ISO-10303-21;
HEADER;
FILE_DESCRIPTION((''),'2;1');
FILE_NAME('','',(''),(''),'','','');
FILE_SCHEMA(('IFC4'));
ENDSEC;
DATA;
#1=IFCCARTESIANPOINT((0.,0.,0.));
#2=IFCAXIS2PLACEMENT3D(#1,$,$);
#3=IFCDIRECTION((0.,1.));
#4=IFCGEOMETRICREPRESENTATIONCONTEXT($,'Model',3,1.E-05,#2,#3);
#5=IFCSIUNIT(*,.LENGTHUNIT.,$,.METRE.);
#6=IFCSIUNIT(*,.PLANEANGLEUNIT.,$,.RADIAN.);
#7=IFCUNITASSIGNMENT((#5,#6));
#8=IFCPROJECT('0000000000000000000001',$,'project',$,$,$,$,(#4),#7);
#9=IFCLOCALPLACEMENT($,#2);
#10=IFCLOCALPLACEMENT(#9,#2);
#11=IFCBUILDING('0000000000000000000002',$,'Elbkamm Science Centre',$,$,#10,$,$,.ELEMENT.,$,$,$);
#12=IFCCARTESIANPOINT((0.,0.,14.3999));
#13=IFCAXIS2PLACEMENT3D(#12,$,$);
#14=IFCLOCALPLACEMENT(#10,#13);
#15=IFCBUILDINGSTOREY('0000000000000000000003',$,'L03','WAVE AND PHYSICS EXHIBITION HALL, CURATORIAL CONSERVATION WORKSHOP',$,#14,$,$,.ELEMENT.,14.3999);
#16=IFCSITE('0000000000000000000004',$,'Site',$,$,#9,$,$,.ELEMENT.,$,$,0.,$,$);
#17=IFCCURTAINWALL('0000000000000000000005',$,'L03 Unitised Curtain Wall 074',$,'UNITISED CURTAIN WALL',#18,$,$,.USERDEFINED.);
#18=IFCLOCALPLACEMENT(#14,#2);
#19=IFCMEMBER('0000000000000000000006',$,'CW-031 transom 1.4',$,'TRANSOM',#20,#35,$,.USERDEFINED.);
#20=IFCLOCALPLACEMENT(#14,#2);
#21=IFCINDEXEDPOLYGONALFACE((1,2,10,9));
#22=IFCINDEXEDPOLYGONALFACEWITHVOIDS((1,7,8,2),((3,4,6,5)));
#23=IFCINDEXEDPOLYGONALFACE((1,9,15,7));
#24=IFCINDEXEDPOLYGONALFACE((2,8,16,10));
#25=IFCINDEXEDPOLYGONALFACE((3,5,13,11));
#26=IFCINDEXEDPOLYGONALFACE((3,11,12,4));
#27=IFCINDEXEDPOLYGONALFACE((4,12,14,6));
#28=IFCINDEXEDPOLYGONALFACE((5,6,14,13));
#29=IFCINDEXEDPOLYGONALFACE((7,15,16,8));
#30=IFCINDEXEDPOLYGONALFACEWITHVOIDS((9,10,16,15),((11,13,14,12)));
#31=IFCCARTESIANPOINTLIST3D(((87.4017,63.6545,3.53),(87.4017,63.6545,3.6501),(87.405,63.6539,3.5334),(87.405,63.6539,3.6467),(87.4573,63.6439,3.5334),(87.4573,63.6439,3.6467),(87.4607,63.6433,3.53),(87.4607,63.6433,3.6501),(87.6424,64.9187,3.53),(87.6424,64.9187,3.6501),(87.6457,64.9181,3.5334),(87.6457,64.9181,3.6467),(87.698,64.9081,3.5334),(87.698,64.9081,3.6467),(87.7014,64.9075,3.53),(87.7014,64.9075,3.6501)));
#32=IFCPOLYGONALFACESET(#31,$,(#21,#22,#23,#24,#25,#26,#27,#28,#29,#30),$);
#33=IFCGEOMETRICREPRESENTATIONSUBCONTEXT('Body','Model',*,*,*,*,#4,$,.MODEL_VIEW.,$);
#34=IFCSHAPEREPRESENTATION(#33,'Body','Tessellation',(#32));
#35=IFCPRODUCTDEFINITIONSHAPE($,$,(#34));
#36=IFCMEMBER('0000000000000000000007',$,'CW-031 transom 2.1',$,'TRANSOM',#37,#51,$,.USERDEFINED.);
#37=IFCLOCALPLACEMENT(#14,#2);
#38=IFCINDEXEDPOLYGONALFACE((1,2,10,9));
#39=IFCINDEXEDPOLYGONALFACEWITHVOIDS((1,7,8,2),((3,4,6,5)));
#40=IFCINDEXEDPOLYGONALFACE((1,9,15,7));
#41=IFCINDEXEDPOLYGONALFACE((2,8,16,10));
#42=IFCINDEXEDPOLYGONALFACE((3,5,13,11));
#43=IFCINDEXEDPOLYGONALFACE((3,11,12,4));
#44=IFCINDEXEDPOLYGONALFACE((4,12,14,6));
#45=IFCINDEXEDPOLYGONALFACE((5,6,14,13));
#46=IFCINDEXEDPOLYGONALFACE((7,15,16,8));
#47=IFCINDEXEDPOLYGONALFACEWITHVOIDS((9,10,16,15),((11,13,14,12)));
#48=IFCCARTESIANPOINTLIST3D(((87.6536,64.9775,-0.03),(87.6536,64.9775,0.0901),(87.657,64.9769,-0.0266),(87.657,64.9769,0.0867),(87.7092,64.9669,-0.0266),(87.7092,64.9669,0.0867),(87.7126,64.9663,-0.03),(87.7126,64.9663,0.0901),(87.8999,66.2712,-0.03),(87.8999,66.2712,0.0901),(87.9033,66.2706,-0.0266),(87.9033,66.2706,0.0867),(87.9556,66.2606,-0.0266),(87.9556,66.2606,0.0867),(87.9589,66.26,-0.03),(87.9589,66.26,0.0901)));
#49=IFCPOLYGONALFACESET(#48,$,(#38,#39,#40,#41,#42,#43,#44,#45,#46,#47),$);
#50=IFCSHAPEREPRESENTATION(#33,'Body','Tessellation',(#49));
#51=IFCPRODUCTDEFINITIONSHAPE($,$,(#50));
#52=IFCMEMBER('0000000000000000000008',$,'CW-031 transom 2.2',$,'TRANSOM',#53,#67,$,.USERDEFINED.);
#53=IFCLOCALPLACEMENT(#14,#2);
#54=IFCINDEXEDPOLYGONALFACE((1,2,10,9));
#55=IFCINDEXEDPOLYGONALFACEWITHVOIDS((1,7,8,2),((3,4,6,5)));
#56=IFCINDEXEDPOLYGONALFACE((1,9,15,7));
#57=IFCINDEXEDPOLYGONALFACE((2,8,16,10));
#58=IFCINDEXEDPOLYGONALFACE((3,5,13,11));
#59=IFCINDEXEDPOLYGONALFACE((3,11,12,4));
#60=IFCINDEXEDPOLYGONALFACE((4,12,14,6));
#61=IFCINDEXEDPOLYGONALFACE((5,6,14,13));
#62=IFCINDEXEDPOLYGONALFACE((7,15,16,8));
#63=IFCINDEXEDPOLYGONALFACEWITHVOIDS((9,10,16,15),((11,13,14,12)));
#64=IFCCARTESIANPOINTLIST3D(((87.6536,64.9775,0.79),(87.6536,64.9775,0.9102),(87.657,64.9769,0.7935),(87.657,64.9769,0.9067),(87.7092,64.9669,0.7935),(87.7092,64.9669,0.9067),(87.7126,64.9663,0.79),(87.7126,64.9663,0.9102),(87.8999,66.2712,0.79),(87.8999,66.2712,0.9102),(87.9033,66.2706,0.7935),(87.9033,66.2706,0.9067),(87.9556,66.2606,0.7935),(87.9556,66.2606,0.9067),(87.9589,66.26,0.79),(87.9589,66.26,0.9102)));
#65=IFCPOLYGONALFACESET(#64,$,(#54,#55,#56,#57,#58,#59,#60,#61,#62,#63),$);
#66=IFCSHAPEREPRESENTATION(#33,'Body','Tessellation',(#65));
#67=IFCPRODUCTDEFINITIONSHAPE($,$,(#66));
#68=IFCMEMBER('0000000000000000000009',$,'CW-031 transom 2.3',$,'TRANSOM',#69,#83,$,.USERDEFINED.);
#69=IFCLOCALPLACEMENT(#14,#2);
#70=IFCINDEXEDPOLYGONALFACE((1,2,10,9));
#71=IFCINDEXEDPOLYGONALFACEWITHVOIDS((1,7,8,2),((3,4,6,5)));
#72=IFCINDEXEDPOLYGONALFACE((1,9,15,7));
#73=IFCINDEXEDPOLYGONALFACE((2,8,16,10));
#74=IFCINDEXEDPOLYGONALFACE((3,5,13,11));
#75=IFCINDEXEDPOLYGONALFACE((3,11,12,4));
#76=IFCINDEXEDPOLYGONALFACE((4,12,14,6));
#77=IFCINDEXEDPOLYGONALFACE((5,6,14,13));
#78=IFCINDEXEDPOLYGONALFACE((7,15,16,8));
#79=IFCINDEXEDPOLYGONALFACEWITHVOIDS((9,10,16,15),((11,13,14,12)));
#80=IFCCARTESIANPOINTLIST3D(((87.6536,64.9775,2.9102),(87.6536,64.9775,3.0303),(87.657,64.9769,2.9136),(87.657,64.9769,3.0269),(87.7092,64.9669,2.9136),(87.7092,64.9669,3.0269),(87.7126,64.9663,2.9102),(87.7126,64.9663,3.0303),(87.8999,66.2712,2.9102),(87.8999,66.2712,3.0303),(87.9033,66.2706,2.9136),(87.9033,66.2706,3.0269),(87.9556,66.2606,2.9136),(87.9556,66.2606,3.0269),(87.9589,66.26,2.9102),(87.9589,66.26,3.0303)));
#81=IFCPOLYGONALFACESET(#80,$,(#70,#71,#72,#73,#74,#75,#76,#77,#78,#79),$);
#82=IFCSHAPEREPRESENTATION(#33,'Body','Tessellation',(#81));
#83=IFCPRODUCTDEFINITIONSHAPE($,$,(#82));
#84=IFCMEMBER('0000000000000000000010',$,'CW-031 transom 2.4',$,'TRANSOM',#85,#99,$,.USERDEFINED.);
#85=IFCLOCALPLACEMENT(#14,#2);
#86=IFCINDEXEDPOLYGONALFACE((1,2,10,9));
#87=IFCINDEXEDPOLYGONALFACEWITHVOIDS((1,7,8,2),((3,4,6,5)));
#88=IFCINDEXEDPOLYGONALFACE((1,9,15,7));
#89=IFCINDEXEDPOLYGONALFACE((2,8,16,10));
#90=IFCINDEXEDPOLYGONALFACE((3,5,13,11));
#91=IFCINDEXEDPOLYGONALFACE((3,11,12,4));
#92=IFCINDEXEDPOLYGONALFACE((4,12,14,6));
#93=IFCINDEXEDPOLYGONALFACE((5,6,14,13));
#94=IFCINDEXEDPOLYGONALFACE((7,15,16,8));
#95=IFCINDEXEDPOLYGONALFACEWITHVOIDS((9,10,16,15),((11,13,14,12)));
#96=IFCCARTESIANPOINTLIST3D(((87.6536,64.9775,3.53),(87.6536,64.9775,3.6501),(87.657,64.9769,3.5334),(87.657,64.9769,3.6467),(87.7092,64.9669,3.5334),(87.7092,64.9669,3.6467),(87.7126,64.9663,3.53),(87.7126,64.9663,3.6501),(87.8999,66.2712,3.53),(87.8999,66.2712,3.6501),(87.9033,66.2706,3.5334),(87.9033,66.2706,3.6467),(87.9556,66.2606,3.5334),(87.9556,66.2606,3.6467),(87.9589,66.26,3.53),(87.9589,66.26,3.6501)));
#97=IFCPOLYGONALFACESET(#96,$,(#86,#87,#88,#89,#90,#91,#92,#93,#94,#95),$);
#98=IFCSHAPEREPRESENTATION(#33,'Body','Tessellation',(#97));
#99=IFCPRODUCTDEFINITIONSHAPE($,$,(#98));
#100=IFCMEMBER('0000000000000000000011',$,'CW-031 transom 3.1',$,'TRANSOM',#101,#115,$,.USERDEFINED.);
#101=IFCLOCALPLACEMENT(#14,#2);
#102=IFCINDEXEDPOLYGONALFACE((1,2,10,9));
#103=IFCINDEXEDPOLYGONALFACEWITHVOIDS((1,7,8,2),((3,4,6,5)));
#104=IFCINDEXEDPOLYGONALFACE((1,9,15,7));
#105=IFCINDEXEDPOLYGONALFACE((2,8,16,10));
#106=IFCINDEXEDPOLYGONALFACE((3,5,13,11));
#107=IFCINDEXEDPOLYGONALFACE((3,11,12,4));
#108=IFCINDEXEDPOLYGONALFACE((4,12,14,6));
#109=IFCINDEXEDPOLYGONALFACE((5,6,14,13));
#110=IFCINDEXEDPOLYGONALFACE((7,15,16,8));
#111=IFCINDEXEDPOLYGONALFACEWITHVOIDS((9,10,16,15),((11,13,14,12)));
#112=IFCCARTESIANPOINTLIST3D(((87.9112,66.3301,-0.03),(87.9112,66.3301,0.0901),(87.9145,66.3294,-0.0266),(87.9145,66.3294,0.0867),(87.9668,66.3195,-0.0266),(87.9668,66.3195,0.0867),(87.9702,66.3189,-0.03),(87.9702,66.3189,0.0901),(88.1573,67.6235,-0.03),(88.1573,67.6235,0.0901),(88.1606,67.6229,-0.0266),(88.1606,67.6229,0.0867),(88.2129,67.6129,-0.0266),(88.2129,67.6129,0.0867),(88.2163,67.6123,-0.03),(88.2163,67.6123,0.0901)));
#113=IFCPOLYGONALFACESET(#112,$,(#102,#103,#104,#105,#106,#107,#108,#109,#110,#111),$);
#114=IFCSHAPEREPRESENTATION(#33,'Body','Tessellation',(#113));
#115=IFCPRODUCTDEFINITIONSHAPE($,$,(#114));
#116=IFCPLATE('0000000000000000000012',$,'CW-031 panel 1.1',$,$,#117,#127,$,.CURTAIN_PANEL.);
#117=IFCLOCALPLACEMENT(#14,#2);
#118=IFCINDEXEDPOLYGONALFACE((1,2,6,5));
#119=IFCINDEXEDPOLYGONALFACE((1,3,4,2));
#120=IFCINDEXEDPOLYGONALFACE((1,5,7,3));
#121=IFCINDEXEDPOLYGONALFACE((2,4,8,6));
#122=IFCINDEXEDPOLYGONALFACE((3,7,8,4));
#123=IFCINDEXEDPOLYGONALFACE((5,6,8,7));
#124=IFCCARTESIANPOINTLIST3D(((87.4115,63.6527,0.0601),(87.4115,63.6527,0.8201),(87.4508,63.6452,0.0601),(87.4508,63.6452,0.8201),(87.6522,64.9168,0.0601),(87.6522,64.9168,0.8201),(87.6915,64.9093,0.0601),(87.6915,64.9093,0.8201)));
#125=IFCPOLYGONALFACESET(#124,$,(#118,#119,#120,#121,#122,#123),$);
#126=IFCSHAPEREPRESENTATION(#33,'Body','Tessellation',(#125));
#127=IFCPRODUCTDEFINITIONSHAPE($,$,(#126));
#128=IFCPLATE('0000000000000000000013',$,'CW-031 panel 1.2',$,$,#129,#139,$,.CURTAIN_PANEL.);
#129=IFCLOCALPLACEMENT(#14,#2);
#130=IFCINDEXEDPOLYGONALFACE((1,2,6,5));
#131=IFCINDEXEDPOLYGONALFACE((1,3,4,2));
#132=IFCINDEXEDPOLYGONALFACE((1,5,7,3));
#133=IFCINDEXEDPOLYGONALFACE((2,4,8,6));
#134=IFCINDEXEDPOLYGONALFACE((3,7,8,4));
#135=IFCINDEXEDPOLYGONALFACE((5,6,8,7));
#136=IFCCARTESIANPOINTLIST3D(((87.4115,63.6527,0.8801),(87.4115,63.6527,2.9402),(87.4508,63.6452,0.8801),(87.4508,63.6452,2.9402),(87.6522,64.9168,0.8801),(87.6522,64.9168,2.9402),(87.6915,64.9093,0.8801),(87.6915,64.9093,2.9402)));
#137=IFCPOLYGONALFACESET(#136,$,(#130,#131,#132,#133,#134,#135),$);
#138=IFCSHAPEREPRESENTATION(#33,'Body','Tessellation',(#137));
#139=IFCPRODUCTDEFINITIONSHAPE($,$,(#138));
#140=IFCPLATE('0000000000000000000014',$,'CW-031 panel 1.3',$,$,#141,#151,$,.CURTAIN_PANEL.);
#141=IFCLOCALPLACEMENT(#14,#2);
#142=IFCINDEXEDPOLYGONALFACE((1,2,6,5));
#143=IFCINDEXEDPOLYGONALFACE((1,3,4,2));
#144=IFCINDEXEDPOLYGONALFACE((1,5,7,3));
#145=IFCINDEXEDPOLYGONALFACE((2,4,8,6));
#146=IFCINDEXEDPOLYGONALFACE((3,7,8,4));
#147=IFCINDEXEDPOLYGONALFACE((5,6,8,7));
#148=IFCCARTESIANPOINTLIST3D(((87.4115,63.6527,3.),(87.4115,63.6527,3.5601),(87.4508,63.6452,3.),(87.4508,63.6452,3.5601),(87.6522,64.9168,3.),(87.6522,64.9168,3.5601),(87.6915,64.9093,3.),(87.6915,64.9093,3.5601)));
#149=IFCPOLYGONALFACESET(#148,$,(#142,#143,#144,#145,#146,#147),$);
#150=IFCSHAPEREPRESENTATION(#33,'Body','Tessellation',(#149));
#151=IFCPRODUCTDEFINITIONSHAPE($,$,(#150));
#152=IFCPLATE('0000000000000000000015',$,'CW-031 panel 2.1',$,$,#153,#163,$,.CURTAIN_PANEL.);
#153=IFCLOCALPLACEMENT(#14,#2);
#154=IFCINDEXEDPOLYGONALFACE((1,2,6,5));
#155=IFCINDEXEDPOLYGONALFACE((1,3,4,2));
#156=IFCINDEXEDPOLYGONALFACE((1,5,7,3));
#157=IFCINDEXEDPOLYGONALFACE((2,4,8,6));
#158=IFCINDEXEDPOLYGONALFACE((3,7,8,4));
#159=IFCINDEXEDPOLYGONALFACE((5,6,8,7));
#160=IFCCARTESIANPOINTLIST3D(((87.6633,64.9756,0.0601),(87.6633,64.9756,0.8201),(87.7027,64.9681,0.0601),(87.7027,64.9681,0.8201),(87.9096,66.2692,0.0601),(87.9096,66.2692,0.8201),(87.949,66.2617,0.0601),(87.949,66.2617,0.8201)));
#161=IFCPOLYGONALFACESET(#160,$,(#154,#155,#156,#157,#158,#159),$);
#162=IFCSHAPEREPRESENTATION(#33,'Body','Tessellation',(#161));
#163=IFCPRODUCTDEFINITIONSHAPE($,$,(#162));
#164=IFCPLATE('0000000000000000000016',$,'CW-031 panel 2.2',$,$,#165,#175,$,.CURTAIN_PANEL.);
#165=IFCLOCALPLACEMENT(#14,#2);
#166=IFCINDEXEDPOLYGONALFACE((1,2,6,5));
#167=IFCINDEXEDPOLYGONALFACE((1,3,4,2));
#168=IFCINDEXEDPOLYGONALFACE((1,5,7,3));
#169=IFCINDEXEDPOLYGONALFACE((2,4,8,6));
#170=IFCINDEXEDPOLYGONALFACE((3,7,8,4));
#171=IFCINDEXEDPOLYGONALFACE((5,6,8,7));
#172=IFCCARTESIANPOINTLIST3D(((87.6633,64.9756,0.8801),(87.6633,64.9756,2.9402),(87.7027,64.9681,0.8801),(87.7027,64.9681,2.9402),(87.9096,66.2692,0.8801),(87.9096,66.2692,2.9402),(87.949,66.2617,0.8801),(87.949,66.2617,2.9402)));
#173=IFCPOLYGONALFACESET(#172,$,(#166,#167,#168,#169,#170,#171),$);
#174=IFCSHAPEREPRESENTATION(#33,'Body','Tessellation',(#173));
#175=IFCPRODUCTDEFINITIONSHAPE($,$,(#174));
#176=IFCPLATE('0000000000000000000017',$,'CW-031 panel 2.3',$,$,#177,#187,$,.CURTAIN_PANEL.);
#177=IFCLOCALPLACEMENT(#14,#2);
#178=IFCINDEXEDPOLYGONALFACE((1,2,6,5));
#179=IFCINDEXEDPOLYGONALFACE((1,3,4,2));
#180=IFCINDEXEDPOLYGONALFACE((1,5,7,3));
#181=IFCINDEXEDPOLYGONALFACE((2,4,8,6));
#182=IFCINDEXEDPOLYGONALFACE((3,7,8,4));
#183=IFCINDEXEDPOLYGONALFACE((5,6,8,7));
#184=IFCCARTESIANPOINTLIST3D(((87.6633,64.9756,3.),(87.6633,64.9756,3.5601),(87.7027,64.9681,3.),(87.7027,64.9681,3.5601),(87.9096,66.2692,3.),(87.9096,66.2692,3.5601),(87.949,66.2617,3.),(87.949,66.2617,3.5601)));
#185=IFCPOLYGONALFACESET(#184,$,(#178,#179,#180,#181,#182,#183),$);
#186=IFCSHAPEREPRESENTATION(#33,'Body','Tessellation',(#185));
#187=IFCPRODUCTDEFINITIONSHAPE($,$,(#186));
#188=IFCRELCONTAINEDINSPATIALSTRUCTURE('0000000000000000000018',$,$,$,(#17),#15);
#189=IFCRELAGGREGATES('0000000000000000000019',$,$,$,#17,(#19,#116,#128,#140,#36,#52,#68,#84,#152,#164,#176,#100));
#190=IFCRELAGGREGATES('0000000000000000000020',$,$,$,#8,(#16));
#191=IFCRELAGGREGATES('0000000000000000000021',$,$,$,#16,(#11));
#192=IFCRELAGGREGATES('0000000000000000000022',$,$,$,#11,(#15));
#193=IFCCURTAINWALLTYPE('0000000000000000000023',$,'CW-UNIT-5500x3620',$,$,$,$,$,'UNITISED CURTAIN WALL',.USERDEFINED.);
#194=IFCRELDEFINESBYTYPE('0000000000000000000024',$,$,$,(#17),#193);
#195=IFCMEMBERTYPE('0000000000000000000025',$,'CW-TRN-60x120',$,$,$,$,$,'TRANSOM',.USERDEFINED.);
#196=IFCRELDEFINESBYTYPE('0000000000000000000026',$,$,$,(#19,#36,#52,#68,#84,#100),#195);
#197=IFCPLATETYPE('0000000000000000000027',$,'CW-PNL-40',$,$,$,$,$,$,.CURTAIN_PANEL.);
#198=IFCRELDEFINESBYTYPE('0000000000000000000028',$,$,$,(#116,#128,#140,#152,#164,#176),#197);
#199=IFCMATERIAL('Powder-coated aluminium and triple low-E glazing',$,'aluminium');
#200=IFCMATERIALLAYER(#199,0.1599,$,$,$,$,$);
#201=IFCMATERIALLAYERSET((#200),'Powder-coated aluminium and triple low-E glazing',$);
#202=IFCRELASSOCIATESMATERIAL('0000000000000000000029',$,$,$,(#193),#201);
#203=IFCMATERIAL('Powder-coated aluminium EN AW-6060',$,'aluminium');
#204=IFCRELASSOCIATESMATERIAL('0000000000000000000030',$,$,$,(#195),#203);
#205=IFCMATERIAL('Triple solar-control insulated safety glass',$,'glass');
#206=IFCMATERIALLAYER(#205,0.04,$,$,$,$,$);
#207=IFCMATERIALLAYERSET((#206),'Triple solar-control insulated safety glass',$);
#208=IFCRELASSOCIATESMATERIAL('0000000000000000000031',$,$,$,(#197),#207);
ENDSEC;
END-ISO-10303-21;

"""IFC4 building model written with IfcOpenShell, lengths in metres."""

from ifc_helpers import new_model, si_unit, direction, frame, origin, origin_2d, place, context, subcontext, project, spatial, rectangle, hollow_rectangle, extrude, material, layer, layer_set, material_profile, profile_set, type_object, element, aggregate, save


model = new_model("IFC4")

# Units and contexts
model_context = context("Model", 3, precision=1e-05, world=origin(), true_north=direction((0.0, 1.0)))
body_context = subcontext(model_context, "Body", "Model", "MODEL_VIEW")
ifc_project = project(units=[si_unit("LENGTHUNIT", "METRE"), si_unit("PLANEANGLEUNIT", "RADIAN")], contexts=[model_context])

# Site, building, storey
site_placement = place(None, origin())
site = spatial("IfcSite", under=ifc_project, at=site_placement, Name="Site", CompositionType="ELEMENT", RefElevation=0.0)
building_placement = place(site_placement, origin())
building = spatial("IfcBuilding", under=site, at=building_placement, Name="Elbkamm Science Centre", CompositionType="ELEMENT")
storey_placement = place(building_placement, frame((0.0, 0.0, 14.3999)))
storey = spatial("IfcBuildingStorey", under=building, at=storey_placement, Name="L03", Description="WAVE AND PHYSICS EXHIBITION HALL, CURATORIAL CONSERVATION WORKSHOP", CompositionType="ELEMENT", Elevation=14.3999)

# Shared definitions
ifc_material_1 = material(Name="Powder-coated aluminium and triple low-E glazing", Category="aluminium")
ifc_material_2 = material(Name="Powder-coated aluminium EN AW-6060", Category="aluminium")

# Curtain wall, members, plates
ifc_layer_1 = layer(ifc_material_1, 0.1599)
ifc_layer_set_1 = layer_set([ifc_layer_1], Name="Powder-coated aluminium and triple low-E glazing")
curtain_wall_type_1 = type_object("IfcCurtainWallType", Name="CW-UNIT-5500x3620", ElementType="UNITISED CURTAIN WALL", PredefinedType="USERDEFINED", material=ifc_layer_set_1)
curtain_wall_1_placement = place(storey_placement, origin())
curtain_wall_1 = element("IfcCurtainWall", 1, at=curtain_wall_1_placement, inside=storey, type_object=curtain_wall_type_1, Name="L03 Unitised Curtain Wall 074", ObjectType="UNITISED CURTAIN WALL", PredefinedType="USERDEFINED")
ifc_material_profile_1 = material_profile(ifc_material_2, hollow_rectangle(XDim=0.0601, YDim=0.1201, WallThickness=0.0034, at=origin_2d()), Name="ALU T60x120")
ifc_profile_set_1 = profile_set([ifc_material_profile_1], Name="Powder-coated aluminium EN AW-6060")
member_type_1 = type_object("IfcMemberType", Name="CW-TRN-60x120", ElementType="TRANSOM", PredefinedType="USERDEFINED", material=ifc_profile_set_1)
member_1_placement = place(storey_placement, frame((87.4312, 63.6489, 3.5901), z_axis=(0.18706, 0.982349, 0.0), x_axis=(-0.982349, 0.18706, 0.0)))
member_1 = element("IfcMember", 2, at=member_1_placement, type_object=member_type_1, Name="CW-031 transom 1.4", ObjectType="TRANSOM", PredefinedType="USERDEFINED", context=body_context, shape_type="SweptSolid", body=[
    extrude(hollow_rectangle(XDim=0.0601, YDim=0.1201, WallThickness=0.0034, at=origin_2d()), origin(), (0.0, 0.0, 1.0), 1.2869),
])
member_2_placement = place(storey_placement, frame((87.6831, 64.9719, 0.03), z_axis=(0.187052, 0.98235, 0.0), x_axis=(-0.98235, 0.187052, 0.0)))
member_2 = element("IfcMember", 3, at=member_2_placement, type_object=member_type_1, Name="CW-031 transom 2.1", ObjectType="TRANSOM", PredefinedType="USERDEFINED", context=body_context, shape_type="SweptSolid", body=[
    extrude(hollow_rectangle(XDim=0.0601, YDim=0.1201, WallThickness=0.0034, at=origin_2d()), origin(), (0.0, 0.0, 1.0), 1.3169),
])
member_3_placement = place(storey_placement, frame((87.6831, 64.9719, 0.8501), z_axis=(0.187052, 0.98235, 0.0), x_axis=(-0.98235, 0.187052, 0.0)))
member_3 = element("IfcMember", 4, at=member_3_placement, type_object=member_type_1, Name="CW-031 transom 2.2", ObjectType="TRANSOM", PredefinedType="USERDEFINED", context=body_context, shape_type="SweptSolid", body=[
    extrude(hollow_rectangle(XDim=0.0601, YDim=0.1201, WallThickness=0.0034, at=origin_2d()), origin(), (0.0, 0.0, 1.0), 1.3169),
])
member_4_placement = place(storey_placement, frame((87.6831, 64.9719, 2.9702), z_axis=(0.187052, 0.98235, 0.0), x_axis=(-0.98235, 0.187052, 0.0)))
member_4 = element("IfcMember", 5, at=member_4_placement, type_object=member_type_1, Name="CW-031 transom 2.3", ObjectType="TRANSOM", PredefinedType="USERDEFINED", context=body_context, shape_type="SweptSolid", body=[
    extrude(hollow_rectangle(XDim=0.0601, YDim=0.1201, WallThickness=0.0034, at=origin_2d()), origin(), (0.0, 0.0, 1.0), 1.3169),
])
member_5_placement = place(storey_placement, frame((87.6831, 64.9719, 3.5901), z_axis=(0.187052, 0.98235, 0.0), x_axis=(-0.98235, 0.187052, 0.0)))
member_5 = element("IfcMember", 6, at=member_5_placement, type_object=member_type_1, Name="CW-031 transom 2.4", ObjectType="TRANSOM", PredefinedType="USERDEFINED", context=body_context, shape_type="SweptSolid", body=[
    extrude(hollow_rectangle(XDim=0.0601, YDim=0.1201, WallThickness=0.0034, at=origin_2d()), origin(), (0.0, 0.0, 1.0), 1.3169),
])
member_6_placement = place(storey_placement, frame((87.9407, 66.3245, 0.03), z_axis=(0.186908, 0.982377, 0.0), x_axis=(-0.982377, 0.186908, 0.0)))
member_6 = element("IfcMember", 7, at=member_6_placement, type_object=member_type_1, Name="CW-031 transom 3.1", ObjectType="TRANSOM", PredefinedType="USERDEFINED", context=body_context, shape_type="SweptSolid", body=[
    extrude(hollow_rectangle(XDim=0.0601, YDim=0.1201, WallThickness=0.0034, at=origin_2d()), origin(), (0.0, 0.0, 1.0), 1.3167),
])
ifc_material_3 = material(Name="Triple solar-control insulated safety glass", Category="glass")
ifc_layer_2 = layer(ifc_material_3, 0.04)
ifc_layer_set_2 = layer_set([ifc_layer_2], Name="Triple solar-control insulated safety glass")
plate_type = type_object("IfcPlateType", Name="CW-PNL-40", PredefinedType="CURTAIN_PANEL", material=ifc_layer_set_2)
plate_1_placement = place(storey_placement, frame((87.5515, 64.281, 0.0601), z_axis=(0.0, 0.0, 1.0), x_axis=(0.187046, 0.982351, 0.0)))
plate_1 = element("IfcPlate", 8, at=plate_1_placement, type_object=plate_type, Name="CW-031 panel 1.1", PredefinedType="CURTAIN_PANEL", context=body_context, shape_type="SweptSolid", body=[
    extrude(rectangle(XDim=1.2869, YDim=0.04, at=origin_2d()), origin(), (0.0, 0.0, 1.0), 0.76),
])
plate_2_placement = place(storey_placement, frame((87.5515, 64.281, 0.8801), z_axis=(0.0, 0.0, 1.0), x_axis=(0.187046, 0.982351, 0.0)))
plate_2 = element("IfcPlate", 9, at=plate_2_placement, type_object=plate_type, Name="CW-031 panel 1.2", PredefinedType="CURTAIN_PANEL", context=body_context, shape_type="SweptSolid", body=[
    extrude(rectangle(XDim=1.2869, YDim=0.04, at=origin_2d()), origin(), (0.0, 0.0, 1.0), 2.0601),
])
plate_3_placement = place(storey_placement, frame((87.5515, 64.281, 3.0), z_axis=(0.0, 0.0, 1.0), x_axis=(0.187046, 0.982351, 0.0)))
plate_3 = element("IfcPlate", 10, at=plate_3_placement, type_object=plate_type, Name="CW-031 panel 1.3", PredefinedType="CURTAIN_PANEL", context=body_context, shape_type="SweptSolid", body=[
    extrude(rectangle(XDim=1.2869, YDim=0.04, at=origin_2d()), origin(), (0.0, 0.0, 1.0), 0.5601),
])
plate_4_placement = place(storey_placement, frame((87.8062, 65.6187, 0.0601), z_axis=(0.0, 0.0, 1.0), x_axis=(0.187046, 0.982351, 0.0)))
plate_4 = element("IfcPlate", 11, at=plate_4_placement, type_object=plate_type, Name="CW-031 panel 2.1", PredefinedType="CURTAIN_PANEL", context=body_context, shape_type="SweptSolid", body=[
    extrude(rectangle(XDim=1.3169, YDim=0.04, at=origin_2d()), origin(), (0.0, 0.0, 1.0), 0.76),
])
plate_5_placement = place(storey_placement, frame((87.8062, 65.6187, 0.8801), z_axis=(0.0, 0.0, 1.0), x_axis=(0.187046, 0.982351, 0.0)))
plate_5 = element("IfcPlate", 12, at=plate_5_placement, type_object=plate_type, Name="CW-031 panel 2.2", PredefinedType="CURTAIN_PANEL", context=body_context, shape_type="SweptSolid", body=[
    extrude(rectangle(XDim=1.3169, YDim=0.04, at=origin_2d()), origin(), (0.0, 0.0, 1.0), 2.0601),
])
plate_6_placement = place(storey_placement, frame((87.8062, 65.6187, 3.0), z_axis=(0.0, 0.0, 1.0), x_axis=(0.187046, 0.982351, 0.0)))
plate_6 = element("IfcPlate", 13, at=plate_6_placement, type_object=plate_type, Name="CW-031 panel 2.3", PredefinedType="CURTAIN_PANEL", context=body_context, shape_type="SweptSolid", body=[
    extrude(rectangle(XDim=1.3169, YDim=0.04, at=origin_2d()), origin(), (0.0, 0.0, 1.0), 0.5601),
])
aggregate(curtain_wall_1, [member_1, plate_1, plate_2, plate_3, member_2, member_3, member_4, member_5, plate_4, plate_5, plate_6, member_6])

save(model, "model.ifc")
